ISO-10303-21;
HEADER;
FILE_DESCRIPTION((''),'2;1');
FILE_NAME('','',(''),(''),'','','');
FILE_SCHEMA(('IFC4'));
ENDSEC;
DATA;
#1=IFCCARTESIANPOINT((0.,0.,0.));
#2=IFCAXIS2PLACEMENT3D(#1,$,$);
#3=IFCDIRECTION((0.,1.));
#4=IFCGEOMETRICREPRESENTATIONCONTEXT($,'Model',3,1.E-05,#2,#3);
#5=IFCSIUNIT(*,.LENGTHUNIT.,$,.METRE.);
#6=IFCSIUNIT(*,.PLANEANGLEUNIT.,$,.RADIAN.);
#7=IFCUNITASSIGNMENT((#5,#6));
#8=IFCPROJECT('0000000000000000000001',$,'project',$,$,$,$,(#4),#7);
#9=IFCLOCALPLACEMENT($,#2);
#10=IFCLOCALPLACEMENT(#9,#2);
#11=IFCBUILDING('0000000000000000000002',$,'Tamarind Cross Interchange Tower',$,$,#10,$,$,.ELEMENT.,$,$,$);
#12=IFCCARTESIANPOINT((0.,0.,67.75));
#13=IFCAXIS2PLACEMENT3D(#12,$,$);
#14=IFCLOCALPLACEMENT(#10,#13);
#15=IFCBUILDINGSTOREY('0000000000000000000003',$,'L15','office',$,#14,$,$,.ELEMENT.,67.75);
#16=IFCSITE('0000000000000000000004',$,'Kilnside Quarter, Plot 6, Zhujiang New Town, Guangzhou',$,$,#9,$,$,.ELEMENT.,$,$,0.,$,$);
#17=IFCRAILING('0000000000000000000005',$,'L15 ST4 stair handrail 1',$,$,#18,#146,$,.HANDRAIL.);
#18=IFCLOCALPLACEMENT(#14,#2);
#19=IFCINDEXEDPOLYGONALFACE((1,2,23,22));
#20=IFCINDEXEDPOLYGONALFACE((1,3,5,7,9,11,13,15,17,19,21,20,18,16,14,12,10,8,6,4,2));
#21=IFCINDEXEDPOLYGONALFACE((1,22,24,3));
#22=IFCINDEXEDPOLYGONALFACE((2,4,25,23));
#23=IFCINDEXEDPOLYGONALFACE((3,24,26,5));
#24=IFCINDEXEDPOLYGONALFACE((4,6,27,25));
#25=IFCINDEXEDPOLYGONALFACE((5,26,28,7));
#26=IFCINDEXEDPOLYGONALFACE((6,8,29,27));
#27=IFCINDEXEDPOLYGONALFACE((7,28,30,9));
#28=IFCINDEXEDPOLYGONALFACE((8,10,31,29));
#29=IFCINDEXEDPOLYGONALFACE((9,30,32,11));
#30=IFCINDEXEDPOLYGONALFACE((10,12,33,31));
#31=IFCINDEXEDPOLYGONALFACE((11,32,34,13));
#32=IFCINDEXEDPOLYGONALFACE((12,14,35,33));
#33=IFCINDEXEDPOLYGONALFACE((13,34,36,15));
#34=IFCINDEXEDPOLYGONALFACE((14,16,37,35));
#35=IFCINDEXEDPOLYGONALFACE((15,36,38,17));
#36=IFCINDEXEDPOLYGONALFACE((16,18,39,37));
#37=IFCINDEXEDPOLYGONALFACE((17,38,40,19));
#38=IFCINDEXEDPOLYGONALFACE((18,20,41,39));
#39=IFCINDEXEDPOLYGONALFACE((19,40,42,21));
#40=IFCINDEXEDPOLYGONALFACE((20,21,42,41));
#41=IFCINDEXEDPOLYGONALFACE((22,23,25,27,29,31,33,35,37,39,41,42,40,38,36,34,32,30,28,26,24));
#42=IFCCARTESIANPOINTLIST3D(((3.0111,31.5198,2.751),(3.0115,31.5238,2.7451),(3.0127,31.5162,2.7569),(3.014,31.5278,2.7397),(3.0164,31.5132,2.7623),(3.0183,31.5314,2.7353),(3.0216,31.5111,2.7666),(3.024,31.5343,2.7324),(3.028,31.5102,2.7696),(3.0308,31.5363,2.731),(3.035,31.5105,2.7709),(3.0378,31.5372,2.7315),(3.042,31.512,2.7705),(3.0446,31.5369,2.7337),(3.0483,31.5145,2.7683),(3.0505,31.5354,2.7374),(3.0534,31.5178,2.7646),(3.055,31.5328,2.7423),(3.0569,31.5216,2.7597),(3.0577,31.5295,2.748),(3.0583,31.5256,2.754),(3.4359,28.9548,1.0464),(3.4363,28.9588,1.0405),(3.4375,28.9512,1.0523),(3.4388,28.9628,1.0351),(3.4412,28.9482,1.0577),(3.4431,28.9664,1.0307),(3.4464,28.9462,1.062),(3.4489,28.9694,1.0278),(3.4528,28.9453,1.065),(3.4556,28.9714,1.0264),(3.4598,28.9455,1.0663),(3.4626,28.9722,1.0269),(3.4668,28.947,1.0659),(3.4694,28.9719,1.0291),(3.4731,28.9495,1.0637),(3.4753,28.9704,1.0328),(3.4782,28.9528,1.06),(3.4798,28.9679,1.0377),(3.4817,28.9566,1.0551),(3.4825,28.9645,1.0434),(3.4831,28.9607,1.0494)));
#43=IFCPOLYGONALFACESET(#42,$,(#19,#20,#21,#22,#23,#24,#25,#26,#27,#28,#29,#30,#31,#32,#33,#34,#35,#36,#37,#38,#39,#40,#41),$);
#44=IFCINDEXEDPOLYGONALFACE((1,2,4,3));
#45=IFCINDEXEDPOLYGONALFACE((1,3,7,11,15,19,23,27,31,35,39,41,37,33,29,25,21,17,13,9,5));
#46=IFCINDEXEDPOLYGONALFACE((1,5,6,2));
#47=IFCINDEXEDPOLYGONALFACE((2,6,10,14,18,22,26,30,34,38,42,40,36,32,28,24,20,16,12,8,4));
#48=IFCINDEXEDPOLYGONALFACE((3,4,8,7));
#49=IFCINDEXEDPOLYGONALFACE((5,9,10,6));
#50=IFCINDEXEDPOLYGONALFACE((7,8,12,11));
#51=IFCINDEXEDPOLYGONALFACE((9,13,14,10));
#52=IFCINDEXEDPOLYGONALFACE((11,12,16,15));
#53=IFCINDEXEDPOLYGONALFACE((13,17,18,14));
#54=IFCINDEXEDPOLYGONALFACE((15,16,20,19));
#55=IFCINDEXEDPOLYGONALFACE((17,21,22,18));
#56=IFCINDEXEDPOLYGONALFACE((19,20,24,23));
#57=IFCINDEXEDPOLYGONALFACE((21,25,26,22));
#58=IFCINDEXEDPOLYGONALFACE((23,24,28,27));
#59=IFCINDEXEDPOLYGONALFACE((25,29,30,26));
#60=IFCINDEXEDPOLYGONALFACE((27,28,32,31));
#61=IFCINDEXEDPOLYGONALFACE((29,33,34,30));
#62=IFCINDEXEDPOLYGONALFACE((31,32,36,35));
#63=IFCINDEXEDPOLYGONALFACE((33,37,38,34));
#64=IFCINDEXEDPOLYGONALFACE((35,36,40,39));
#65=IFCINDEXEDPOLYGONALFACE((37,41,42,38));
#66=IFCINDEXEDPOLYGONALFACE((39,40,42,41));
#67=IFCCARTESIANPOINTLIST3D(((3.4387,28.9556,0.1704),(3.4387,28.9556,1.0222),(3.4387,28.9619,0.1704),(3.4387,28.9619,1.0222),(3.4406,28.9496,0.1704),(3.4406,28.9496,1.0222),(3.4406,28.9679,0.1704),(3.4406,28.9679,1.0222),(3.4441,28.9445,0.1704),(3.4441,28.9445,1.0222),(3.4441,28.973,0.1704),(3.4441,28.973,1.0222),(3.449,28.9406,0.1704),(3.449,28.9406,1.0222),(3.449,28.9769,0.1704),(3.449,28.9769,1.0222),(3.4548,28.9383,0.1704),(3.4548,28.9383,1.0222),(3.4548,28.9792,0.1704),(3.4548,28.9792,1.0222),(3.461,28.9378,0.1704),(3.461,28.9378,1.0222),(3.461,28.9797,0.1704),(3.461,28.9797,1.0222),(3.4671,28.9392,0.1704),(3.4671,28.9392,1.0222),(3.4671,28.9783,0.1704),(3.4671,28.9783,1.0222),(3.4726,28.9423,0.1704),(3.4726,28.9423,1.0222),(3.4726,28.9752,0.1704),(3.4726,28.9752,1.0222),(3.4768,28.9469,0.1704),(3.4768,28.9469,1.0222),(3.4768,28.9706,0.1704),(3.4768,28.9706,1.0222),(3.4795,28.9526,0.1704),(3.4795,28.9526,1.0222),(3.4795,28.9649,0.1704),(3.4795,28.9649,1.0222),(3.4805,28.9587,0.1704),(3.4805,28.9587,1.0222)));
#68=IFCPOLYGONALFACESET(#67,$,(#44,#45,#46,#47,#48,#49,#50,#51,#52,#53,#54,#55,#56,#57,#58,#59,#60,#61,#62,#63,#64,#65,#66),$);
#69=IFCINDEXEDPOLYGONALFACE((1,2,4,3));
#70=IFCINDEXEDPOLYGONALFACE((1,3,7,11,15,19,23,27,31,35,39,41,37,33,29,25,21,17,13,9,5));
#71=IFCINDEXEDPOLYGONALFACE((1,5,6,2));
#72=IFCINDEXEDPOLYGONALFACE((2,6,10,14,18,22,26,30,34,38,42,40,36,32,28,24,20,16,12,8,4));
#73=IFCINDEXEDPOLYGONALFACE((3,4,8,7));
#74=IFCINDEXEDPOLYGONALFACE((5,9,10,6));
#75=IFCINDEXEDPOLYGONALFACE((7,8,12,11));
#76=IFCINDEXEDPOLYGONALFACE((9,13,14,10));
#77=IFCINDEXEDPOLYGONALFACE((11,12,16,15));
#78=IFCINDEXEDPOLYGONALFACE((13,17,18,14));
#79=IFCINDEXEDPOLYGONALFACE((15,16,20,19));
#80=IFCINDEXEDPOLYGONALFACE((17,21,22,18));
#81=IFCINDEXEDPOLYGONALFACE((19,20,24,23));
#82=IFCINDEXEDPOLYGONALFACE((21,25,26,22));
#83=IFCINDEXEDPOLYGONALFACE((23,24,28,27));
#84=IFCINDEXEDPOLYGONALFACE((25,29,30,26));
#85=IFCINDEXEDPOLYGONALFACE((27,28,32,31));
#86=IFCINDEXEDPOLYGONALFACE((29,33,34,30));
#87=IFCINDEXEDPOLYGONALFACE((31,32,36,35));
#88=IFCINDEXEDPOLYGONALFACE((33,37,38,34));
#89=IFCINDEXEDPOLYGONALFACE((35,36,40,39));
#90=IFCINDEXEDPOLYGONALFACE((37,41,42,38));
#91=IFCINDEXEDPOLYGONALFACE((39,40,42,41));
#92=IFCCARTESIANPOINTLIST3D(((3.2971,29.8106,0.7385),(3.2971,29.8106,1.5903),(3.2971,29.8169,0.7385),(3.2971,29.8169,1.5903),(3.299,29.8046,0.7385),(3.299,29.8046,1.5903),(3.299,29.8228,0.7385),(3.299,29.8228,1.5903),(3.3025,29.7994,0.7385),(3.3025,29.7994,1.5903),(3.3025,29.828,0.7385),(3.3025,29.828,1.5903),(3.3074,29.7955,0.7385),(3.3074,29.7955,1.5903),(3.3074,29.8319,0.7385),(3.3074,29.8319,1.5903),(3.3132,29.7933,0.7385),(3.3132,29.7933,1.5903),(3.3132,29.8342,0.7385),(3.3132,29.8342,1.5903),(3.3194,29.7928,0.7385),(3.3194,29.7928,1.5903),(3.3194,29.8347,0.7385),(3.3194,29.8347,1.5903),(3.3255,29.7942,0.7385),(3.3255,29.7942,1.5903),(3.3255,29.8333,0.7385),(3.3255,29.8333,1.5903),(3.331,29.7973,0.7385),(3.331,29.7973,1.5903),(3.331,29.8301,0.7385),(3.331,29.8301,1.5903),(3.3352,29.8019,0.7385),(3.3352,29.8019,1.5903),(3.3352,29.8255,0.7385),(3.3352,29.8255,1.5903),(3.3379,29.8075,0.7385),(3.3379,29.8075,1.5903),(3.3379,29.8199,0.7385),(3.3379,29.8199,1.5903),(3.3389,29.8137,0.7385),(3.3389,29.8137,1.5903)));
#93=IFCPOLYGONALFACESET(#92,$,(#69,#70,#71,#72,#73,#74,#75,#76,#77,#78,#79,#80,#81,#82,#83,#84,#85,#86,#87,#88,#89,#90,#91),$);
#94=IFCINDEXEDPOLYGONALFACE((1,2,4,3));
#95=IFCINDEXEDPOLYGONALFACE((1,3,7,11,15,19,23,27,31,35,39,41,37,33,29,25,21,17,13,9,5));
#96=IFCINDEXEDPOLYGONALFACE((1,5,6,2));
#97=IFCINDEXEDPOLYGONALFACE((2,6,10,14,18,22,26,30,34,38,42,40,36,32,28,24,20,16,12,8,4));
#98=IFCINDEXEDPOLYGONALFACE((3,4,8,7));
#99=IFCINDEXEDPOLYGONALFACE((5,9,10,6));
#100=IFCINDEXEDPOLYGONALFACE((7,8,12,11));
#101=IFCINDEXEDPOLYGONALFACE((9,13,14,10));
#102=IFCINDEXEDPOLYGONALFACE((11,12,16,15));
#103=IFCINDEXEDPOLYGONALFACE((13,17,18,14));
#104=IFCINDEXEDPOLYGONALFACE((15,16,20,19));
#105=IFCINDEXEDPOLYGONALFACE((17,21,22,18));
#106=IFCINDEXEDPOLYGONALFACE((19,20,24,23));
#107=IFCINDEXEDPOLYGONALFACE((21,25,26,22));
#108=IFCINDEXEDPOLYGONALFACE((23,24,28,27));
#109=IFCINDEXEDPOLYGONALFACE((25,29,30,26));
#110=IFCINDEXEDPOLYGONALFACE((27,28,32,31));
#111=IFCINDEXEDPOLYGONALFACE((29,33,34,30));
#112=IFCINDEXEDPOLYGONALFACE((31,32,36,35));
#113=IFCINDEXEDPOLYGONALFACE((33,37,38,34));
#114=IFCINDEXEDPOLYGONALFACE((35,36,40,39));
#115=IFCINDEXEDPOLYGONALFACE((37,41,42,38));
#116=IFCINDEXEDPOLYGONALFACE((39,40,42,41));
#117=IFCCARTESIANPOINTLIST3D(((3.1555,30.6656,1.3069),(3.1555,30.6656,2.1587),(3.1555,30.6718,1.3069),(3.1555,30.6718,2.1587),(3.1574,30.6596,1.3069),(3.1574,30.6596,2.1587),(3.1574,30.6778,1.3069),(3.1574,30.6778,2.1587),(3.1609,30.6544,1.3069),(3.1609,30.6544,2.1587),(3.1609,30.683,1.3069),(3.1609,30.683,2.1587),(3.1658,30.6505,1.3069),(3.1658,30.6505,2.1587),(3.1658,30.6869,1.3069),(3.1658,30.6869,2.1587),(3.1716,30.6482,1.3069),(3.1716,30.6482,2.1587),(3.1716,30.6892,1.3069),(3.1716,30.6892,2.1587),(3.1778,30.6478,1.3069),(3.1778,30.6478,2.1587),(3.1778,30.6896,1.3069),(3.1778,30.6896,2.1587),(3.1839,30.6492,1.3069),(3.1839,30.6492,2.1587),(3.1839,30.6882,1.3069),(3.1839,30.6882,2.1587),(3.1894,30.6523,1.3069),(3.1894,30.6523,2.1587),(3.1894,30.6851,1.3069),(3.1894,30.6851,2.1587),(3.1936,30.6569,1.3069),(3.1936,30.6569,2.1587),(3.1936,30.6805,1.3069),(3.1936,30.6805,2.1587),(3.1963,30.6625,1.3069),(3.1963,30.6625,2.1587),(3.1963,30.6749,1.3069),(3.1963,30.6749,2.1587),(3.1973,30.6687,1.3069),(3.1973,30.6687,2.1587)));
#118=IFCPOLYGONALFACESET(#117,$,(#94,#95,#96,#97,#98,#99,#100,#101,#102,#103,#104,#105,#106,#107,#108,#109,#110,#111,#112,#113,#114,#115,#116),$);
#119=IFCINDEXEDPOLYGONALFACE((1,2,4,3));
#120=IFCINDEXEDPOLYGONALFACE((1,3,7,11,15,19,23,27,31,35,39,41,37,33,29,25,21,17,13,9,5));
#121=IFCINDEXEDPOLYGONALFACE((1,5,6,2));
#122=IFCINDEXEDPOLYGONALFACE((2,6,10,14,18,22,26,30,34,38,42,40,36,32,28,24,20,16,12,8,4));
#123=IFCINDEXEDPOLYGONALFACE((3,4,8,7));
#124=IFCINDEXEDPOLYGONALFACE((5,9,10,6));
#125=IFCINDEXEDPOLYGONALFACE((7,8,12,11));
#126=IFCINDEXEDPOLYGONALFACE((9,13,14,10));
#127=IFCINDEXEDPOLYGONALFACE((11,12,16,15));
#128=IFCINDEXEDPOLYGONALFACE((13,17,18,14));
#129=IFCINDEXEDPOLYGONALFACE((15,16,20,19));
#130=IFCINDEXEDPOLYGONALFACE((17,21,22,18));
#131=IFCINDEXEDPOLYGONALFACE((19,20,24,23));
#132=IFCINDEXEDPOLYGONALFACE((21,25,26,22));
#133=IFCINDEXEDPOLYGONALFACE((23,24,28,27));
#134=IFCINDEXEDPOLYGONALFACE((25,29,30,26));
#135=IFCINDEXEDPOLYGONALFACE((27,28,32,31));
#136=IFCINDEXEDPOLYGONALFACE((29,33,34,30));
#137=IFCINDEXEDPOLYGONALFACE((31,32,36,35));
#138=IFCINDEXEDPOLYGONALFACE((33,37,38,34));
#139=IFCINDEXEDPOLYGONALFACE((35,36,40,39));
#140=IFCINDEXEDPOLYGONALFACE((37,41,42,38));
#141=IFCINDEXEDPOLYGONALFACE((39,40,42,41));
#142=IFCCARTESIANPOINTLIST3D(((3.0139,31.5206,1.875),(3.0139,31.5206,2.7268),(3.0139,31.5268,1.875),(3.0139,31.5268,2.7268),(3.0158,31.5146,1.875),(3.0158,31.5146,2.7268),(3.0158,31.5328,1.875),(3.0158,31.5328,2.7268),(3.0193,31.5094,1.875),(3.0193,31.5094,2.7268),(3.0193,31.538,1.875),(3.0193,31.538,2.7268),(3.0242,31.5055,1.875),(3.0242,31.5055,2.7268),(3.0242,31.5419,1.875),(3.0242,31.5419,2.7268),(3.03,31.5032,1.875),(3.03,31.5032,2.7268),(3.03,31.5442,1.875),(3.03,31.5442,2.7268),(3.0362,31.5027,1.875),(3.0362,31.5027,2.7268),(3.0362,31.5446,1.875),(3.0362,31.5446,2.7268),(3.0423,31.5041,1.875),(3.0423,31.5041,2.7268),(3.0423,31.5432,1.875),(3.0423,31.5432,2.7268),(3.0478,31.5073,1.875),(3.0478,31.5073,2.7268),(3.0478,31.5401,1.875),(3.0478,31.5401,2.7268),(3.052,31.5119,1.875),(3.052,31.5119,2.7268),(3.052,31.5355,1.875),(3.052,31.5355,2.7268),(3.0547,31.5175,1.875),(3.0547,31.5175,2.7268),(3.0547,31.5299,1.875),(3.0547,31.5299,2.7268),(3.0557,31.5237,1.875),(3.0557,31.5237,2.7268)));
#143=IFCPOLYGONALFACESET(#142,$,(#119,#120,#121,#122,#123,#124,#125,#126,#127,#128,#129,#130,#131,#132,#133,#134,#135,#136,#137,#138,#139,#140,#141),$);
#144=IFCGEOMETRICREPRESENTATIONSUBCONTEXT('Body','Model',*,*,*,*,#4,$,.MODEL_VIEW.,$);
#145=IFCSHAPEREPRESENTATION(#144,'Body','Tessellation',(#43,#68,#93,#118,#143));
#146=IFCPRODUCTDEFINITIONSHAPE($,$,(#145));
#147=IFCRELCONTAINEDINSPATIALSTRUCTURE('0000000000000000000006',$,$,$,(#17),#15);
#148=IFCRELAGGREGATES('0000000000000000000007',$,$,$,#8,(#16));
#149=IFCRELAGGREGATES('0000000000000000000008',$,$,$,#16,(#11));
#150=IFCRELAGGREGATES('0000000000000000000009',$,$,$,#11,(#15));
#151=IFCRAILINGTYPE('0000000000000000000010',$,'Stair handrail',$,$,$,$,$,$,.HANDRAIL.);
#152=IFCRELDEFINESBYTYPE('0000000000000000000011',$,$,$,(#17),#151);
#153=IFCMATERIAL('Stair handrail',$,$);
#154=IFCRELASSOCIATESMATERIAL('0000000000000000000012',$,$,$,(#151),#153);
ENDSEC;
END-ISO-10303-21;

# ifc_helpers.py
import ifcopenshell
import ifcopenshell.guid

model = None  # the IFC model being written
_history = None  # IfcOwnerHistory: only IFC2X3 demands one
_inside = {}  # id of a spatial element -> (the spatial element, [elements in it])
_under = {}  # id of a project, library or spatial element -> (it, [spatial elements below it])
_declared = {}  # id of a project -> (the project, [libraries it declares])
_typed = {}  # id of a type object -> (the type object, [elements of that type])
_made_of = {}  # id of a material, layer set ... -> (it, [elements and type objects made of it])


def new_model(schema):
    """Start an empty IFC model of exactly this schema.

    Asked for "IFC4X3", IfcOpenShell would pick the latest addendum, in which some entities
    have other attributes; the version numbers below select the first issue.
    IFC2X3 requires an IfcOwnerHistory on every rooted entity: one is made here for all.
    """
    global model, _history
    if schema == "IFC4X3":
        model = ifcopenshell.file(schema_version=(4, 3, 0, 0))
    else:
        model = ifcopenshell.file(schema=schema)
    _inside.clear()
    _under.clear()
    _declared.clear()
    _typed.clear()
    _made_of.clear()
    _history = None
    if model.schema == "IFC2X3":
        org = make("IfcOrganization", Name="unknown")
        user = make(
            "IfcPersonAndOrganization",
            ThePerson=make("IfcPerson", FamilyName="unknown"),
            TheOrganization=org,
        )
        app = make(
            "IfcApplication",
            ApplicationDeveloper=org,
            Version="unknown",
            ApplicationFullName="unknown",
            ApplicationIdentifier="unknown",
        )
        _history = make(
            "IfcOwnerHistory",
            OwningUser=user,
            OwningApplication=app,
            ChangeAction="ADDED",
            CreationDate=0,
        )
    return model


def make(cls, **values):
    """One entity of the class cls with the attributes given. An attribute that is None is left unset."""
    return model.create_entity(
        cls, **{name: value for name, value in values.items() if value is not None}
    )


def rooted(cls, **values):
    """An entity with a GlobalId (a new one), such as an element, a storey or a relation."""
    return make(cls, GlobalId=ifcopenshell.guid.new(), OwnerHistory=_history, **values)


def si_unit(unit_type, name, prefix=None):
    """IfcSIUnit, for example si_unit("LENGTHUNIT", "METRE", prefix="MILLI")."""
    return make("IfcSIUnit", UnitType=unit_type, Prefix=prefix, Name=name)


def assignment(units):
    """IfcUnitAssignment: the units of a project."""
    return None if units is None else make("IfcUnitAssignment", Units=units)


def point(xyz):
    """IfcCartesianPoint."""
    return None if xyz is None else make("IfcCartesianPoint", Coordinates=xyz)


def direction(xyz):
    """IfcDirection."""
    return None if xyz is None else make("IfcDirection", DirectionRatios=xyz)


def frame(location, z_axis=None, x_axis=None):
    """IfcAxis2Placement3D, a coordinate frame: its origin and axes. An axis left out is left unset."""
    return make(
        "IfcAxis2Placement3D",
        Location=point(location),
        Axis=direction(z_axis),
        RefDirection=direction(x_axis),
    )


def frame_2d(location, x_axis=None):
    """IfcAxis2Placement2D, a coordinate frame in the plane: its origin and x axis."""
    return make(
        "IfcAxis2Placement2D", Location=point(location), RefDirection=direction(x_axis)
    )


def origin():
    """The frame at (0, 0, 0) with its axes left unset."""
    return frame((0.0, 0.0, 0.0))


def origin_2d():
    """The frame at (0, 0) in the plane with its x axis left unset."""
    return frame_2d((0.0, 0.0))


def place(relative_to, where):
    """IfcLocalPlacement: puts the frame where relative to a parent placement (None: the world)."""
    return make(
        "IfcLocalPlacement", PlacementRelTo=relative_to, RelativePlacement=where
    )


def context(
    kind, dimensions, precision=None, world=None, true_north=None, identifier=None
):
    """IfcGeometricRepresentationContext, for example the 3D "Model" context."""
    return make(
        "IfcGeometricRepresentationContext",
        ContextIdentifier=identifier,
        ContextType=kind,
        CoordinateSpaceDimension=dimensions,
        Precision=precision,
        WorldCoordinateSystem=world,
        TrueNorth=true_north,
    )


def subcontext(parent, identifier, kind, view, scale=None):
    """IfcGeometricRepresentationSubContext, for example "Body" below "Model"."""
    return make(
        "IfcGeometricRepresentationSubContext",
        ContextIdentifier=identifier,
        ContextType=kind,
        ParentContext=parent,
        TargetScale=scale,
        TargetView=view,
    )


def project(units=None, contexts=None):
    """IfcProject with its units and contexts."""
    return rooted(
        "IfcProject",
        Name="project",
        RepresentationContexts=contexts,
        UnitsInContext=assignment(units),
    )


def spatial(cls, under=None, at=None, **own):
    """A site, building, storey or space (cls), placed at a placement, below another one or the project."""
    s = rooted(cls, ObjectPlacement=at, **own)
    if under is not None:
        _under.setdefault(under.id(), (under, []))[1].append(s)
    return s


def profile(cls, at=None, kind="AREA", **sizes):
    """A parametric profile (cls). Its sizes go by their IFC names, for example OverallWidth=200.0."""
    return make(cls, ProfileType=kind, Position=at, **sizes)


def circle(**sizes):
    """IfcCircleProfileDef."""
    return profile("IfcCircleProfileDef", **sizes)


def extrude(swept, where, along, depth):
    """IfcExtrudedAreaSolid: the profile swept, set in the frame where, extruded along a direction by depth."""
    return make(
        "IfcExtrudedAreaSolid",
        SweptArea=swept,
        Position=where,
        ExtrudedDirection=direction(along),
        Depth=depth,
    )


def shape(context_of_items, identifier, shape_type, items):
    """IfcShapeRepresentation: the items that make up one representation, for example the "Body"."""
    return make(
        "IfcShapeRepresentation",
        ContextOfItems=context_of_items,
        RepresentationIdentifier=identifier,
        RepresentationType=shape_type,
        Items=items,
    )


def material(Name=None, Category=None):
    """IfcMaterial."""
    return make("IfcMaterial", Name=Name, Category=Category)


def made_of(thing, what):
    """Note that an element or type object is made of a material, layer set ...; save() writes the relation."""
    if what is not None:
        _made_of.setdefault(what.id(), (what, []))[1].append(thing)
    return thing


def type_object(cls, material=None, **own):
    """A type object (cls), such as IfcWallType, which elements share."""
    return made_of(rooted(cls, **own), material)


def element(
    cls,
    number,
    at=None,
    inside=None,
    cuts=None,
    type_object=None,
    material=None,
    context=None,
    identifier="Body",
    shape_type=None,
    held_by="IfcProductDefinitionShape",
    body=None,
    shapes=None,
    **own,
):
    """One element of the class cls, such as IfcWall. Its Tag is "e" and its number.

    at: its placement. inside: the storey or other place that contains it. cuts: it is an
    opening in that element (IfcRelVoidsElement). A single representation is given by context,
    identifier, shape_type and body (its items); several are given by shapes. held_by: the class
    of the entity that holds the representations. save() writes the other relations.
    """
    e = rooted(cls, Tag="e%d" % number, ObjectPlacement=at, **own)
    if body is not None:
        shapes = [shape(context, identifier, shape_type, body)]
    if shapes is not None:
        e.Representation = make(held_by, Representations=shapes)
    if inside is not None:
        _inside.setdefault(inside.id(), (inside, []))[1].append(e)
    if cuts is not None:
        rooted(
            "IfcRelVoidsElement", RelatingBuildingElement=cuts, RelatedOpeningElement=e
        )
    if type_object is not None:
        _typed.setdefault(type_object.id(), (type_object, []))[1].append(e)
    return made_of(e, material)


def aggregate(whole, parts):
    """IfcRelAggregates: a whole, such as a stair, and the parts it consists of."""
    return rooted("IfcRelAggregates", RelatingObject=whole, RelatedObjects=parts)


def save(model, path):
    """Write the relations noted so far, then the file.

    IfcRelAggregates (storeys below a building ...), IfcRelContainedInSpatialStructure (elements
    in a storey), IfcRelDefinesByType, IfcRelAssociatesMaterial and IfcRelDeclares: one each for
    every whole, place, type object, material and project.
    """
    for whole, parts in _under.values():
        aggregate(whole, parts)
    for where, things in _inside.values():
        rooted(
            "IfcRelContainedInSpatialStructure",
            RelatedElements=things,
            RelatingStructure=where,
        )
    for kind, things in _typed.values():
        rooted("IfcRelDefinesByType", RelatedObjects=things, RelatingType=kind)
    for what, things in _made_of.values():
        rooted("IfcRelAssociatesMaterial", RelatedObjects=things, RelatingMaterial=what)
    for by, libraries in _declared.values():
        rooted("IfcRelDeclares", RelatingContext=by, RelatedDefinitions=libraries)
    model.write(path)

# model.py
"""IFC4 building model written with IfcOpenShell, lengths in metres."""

from ifc_helpers import new_model, si_unit, direction, frame, origin, origin_2d, place, context, subcontext, project, spatial, circle, extrude, material, type_object, element, save


model = new_model("IFC4")

# Units and contexts
model_context = context("Model", 3, precision=1e-05, world=origin(), true_north=direction((0.0, 1.0)))
body_context = subcontext(model_context, "Body", "Model", "MODEL_VIEW")
ifc_project = project(units=[si_unit("LENGTHUNIT", "METRE"), si_unit("PLANEANGLEUNIT", "RADIAN")], contexts=[model_context])

# Site, building, storey
site_placement = place(None, origin())
site = spatial("IfcSite", under=ifc_project, at=site_placement, Name="Kilnside Quarter, Plot 6, Zhujiang New Town, Guangzhou", CompositionType="ELEMENT", RefElevation=0.0)
building_placement = place(site_placement, origin())
building = spatial("IfcBuilding", under=site, at=building_placement, Name="Tamarind Cross Interchange Tower", CompositionType="ELEMENT")
storey_placement = place(building_placement, frame((0.0, 0.0, 67.75)))
storey = spatial("IfcBuildingStorey", under=building, at=storey_placement, Name="L15", Description="office", CompositionType="ELEMENT", Elevation=67.75)

# Railing
ifc_material_1 = material(Name="Stair handrail")
railing_type_1 = type_object("IfcRailingType", Name="Stair handrail", PredefinedType="HANDRAIL", material=ifc_material_1)
railing_1_placement = place(storey_placement, frame((3.4595, 28.9587, 0.1704)))
element("IfcRailing", 1, at=railing_1_placement, inside=storey, type_object=railing_type_1, Name="L15 ST4 stair handrail 1", PredefinedType="HANDRAIL", context=body_context, shape_type="SweptSolid", body=[
    extrude(circle(Radius=0.0239, at=origin_2d()), frame((0.0, 0.0, 0.876), z_axis=(-0.136643, 0.825042, 0.548301), x_axis=(-0.986561, -0.163394, 0.0)), (0.0, 0.0, 1.0), 3.1089),
    extrude(circle(Radius=0.021, at=origin_2d()), origin(), (0.0, 0.0, 1.0), 0.8518),
    extrude(circle(Radius=0.021, at=origin_2d()), frame((-0.1416, 0.855, 0.5681)), (0.0, 0.0, 1.0), 0.8518),
    extrude(circle(Radius=0.021, at=origin_2d()), frame((-0.2832, 1.71, 1.1365)), (0.0, 0.0, 1.0), 0.8518),
    extrude(circle(Radius=0.021, at=origin_2d()), frame((-0.4248, 2.5649, 1.7046)), (0.0, 0.0, 1.0), 0.8518),
])

save(model, "model.ifc")
